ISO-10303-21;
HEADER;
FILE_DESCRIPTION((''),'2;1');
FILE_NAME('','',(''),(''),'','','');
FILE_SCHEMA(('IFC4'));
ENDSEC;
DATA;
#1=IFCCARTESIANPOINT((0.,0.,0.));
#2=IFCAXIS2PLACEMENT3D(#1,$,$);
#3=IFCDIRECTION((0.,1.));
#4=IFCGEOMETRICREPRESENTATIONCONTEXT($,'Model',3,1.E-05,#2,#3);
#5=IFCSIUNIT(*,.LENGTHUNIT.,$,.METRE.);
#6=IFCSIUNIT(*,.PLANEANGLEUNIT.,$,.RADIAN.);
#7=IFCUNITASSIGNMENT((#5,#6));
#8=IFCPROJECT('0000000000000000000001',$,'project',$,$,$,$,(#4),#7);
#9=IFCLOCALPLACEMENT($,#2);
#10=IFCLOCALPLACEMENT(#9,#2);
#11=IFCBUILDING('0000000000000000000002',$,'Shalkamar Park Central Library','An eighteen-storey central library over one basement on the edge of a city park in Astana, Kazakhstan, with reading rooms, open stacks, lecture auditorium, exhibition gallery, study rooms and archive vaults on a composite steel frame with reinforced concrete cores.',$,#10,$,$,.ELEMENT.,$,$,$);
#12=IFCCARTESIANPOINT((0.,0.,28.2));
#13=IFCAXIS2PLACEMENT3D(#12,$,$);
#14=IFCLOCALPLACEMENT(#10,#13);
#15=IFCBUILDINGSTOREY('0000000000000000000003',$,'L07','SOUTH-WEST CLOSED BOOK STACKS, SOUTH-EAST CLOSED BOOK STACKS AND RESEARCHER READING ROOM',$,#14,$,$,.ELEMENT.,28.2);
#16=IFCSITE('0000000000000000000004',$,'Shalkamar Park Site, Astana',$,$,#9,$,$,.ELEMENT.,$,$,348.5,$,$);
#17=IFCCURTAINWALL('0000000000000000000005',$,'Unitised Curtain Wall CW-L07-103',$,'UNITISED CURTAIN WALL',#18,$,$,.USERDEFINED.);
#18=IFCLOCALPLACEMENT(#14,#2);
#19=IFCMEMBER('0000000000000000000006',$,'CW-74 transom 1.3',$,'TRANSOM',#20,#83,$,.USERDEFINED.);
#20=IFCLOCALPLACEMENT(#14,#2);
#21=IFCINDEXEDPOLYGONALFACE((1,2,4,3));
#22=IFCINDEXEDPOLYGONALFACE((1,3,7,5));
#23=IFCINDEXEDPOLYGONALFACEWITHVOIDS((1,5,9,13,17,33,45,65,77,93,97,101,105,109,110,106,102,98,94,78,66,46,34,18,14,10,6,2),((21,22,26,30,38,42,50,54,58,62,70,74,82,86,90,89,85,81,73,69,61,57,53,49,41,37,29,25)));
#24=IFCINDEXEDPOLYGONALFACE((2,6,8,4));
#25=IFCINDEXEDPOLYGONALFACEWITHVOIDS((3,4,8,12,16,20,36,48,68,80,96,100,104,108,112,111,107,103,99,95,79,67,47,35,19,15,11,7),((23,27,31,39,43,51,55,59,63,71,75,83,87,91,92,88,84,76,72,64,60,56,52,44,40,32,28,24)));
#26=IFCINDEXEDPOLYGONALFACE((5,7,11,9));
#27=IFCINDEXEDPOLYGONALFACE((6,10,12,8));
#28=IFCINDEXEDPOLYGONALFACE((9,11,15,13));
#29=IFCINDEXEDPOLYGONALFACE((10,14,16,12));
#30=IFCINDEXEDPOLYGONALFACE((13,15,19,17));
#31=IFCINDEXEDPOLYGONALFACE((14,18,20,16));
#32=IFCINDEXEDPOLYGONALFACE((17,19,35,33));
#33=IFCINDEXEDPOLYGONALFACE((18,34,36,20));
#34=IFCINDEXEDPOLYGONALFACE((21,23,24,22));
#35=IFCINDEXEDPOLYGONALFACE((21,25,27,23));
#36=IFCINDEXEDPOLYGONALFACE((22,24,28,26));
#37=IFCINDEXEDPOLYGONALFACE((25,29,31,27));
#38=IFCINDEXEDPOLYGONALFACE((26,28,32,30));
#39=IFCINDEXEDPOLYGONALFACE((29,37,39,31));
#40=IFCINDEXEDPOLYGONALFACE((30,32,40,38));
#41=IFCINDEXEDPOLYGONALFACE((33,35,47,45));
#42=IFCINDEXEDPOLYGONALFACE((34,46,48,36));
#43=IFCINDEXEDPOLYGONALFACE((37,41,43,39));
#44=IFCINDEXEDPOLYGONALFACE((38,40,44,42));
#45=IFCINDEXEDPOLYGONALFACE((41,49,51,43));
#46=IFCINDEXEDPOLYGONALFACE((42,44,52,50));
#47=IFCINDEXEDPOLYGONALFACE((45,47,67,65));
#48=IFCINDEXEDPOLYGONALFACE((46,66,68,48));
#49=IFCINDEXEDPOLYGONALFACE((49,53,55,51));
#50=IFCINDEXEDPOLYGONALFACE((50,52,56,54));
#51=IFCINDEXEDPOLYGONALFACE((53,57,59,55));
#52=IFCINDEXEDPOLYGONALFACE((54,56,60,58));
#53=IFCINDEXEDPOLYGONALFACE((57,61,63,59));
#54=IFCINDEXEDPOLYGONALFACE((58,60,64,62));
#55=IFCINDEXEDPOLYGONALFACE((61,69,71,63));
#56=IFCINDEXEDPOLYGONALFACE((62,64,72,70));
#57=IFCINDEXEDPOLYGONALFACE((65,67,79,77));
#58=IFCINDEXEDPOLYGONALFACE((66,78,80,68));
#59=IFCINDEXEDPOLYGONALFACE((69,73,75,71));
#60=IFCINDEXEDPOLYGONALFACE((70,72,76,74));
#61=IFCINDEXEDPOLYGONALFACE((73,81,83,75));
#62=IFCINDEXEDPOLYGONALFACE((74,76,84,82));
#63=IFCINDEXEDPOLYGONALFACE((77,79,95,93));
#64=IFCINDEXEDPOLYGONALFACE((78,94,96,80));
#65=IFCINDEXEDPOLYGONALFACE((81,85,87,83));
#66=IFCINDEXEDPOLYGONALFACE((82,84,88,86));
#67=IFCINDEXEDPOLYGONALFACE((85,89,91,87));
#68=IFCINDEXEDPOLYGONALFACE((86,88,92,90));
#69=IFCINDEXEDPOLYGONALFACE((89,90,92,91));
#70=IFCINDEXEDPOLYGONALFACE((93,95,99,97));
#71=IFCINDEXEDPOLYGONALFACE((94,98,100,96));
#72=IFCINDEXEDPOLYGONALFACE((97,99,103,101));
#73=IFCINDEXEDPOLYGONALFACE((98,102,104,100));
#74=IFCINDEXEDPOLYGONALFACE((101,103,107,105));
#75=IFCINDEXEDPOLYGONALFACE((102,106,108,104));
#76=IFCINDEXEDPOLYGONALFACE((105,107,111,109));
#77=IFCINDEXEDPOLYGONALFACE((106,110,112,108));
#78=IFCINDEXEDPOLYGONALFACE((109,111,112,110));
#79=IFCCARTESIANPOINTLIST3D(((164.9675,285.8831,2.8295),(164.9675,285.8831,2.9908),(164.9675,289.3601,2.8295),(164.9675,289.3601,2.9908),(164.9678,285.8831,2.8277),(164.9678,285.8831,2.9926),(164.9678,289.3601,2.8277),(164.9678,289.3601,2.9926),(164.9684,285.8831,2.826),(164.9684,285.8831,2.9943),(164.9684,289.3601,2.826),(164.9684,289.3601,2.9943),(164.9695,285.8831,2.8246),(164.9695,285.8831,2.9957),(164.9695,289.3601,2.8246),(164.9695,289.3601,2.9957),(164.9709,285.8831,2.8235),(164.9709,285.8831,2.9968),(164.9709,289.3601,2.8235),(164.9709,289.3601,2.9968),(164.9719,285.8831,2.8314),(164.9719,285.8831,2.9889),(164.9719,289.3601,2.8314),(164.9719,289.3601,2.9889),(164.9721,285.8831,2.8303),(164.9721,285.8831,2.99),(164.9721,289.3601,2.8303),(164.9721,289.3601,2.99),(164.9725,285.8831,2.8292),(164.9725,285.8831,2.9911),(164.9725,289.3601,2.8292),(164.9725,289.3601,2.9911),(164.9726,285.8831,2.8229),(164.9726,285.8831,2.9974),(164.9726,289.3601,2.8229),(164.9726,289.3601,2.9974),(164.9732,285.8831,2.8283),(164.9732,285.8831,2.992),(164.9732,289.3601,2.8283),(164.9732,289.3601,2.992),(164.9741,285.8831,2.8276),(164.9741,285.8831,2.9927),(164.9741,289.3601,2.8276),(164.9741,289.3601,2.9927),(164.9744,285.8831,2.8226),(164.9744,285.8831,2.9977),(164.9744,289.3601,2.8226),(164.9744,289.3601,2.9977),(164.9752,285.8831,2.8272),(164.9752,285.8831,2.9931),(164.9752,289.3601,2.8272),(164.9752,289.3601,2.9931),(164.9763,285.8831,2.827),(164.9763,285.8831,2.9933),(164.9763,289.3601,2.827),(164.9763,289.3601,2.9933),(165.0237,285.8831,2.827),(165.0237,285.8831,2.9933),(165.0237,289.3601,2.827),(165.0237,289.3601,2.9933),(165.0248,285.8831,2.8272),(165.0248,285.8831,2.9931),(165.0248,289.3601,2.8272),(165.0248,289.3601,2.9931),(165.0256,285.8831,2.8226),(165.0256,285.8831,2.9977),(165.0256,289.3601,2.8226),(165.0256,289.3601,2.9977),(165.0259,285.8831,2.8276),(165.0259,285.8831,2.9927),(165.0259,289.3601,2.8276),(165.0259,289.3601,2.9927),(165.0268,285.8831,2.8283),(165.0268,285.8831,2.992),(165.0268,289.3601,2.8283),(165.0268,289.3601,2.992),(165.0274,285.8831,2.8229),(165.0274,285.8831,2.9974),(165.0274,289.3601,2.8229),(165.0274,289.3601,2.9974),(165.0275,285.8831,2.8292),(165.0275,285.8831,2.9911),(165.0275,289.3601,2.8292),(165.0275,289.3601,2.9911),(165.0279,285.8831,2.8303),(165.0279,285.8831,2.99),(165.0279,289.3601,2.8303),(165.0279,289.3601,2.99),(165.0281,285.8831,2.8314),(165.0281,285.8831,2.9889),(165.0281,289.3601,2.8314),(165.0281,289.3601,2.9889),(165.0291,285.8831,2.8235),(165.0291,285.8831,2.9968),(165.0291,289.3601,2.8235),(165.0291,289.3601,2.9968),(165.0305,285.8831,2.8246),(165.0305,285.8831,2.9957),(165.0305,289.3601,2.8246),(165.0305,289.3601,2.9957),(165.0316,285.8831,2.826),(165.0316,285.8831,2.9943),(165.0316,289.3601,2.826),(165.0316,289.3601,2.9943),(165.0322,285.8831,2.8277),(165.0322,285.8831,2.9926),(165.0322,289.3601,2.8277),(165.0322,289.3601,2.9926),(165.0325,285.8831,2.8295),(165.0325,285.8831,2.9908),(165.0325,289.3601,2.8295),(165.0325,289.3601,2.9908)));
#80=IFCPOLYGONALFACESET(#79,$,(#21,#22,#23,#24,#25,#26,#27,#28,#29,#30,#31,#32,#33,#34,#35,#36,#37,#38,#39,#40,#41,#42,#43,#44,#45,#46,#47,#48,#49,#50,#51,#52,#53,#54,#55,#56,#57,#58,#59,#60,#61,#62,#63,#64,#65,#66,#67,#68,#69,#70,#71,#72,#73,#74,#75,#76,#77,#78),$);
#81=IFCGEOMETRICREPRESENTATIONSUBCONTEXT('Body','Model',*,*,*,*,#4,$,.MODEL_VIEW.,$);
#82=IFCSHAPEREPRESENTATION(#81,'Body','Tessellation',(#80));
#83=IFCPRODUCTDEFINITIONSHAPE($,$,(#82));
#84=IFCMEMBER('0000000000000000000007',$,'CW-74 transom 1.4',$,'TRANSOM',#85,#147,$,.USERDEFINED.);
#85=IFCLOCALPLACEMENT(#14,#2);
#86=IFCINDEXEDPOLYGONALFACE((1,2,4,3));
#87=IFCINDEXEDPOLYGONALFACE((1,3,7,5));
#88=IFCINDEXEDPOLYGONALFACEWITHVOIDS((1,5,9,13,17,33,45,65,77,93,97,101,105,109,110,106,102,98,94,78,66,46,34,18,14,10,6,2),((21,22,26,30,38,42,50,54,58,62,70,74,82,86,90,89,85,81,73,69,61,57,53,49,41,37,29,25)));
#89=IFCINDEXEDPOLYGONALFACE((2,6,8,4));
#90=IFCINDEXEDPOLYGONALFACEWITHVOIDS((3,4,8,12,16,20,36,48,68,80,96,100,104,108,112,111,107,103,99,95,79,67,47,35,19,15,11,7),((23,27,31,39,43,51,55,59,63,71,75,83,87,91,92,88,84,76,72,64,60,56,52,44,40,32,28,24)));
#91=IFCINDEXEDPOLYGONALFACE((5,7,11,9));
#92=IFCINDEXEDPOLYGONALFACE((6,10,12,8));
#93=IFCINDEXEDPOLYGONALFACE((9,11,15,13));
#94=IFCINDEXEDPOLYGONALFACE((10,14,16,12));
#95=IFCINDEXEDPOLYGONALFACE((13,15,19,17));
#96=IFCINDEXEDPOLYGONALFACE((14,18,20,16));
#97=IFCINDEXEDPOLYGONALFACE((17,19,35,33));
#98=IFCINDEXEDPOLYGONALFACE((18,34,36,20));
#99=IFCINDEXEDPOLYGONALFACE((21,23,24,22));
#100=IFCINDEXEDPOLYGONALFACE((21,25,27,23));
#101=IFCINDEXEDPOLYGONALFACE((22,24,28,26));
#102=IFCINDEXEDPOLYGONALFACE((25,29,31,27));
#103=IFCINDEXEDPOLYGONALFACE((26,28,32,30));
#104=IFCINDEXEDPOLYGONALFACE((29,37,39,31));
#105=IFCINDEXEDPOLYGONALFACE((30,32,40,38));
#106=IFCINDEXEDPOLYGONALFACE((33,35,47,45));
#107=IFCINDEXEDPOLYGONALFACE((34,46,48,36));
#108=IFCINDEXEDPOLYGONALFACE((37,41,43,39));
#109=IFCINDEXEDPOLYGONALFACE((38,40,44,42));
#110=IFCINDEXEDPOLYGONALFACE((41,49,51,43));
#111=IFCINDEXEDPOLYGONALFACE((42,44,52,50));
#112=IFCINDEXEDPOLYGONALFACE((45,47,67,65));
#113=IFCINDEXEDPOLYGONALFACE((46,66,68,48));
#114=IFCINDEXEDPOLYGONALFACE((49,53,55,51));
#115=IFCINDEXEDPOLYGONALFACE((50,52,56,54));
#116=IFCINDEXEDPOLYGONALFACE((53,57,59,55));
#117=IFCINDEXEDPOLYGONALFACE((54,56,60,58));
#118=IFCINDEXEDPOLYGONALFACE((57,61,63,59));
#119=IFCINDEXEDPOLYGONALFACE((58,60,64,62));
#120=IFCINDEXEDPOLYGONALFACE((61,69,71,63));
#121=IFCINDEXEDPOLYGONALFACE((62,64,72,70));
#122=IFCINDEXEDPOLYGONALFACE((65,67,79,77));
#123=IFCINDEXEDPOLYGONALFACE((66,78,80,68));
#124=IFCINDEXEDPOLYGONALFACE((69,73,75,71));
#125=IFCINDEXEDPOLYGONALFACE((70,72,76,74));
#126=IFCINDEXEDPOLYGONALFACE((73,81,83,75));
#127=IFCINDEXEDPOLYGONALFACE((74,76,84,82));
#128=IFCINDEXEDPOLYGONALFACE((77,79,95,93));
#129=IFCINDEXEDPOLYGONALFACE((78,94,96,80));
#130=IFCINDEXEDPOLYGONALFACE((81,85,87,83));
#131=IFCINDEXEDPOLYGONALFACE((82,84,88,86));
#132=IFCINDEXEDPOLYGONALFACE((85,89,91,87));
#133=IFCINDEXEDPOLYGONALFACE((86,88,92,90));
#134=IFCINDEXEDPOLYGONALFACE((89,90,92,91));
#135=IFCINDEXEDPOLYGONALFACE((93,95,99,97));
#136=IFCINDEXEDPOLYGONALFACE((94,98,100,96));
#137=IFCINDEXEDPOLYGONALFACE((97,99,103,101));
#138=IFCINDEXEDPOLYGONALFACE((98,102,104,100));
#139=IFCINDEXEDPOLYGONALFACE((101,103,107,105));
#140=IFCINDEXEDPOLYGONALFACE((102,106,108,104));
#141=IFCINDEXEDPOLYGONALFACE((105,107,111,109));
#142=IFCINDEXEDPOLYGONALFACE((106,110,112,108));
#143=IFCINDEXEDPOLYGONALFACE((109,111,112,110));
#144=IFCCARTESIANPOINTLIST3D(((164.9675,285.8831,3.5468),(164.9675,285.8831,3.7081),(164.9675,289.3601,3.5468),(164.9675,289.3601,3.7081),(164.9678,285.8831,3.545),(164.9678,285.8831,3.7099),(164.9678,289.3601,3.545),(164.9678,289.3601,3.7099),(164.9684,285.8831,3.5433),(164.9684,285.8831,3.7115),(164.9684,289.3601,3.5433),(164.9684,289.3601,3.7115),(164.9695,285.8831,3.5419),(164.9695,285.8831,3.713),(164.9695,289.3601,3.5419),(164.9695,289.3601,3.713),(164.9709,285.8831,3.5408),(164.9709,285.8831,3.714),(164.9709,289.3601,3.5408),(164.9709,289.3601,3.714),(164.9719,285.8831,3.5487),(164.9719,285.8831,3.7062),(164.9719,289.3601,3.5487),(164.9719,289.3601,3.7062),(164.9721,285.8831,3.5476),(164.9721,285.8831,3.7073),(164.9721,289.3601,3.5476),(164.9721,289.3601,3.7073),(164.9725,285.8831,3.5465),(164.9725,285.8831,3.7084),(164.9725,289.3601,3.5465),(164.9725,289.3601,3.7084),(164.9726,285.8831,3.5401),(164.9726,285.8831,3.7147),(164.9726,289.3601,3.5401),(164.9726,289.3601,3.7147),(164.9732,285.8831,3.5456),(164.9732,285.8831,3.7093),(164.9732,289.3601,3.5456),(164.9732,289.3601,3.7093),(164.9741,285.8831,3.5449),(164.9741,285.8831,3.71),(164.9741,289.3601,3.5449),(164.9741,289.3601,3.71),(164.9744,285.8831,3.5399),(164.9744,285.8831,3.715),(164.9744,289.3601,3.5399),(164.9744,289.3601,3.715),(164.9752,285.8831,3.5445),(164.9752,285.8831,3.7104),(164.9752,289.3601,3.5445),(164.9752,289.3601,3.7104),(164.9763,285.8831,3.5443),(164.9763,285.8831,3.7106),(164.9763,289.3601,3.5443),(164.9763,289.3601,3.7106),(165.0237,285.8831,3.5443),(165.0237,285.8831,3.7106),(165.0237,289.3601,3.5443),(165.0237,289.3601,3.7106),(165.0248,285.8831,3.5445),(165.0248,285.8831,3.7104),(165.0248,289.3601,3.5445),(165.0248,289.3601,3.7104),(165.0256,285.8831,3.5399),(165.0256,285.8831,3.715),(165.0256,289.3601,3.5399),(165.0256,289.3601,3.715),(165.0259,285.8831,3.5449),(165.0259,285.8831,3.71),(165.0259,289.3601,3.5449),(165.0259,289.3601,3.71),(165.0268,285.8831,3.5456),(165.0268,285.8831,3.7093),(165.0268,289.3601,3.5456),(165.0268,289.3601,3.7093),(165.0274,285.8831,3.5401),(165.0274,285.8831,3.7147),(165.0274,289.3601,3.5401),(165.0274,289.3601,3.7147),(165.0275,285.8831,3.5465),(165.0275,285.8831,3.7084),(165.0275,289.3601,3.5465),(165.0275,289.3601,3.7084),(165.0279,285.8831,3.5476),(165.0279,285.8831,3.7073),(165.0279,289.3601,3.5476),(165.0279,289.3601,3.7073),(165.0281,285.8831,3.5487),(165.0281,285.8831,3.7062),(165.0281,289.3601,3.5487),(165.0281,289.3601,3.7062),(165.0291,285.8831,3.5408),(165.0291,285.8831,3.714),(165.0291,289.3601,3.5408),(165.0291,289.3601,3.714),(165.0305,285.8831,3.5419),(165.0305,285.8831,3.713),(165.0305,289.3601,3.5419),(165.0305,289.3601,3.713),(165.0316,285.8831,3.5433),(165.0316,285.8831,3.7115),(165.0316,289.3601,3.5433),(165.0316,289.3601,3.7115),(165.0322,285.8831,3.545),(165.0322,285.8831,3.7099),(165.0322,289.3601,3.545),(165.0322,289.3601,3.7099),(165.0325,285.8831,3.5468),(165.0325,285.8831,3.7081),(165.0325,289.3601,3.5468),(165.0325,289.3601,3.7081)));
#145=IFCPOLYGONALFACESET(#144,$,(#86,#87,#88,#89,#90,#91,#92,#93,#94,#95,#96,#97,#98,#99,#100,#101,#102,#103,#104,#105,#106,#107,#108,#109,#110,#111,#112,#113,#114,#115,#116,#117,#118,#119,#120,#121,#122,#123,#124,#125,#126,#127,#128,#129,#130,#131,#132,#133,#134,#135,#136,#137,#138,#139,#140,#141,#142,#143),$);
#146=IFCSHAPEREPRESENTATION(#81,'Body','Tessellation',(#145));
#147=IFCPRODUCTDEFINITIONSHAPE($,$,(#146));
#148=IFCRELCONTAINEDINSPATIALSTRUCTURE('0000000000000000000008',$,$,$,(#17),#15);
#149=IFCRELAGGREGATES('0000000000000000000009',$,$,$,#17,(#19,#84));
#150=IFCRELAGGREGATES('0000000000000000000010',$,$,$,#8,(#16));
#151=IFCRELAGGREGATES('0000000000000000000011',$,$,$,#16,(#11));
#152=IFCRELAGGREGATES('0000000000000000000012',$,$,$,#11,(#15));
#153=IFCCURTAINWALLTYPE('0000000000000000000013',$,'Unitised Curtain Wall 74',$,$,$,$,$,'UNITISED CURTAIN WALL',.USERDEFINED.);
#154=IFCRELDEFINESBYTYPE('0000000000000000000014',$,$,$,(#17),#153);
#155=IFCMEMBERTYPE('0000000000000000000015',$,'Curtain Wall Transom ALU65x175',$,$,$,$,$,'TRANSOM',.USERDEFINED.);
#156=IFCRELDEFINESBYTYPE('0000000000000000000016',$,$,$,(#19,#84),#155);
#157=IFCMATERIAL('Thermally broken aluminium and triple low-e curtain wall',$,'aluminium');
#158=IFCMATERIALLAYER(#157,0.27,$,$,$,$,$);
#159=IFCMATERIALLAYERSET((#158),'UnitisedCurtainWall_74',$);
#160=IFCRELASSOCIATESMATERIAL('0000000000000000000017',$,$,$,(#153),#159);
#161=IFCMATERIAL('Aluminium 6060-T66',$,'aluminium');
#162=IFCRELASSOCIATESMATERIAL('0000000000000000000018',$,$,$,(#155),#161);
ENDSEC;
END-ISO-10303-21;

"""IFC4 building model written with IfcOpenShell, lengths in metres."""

from ifc_helpers import new_model, si_unit, direction, frame, origin, origin_2d, place, context, subcontext, project, spatial, hollow_rectangle, extrude, material, layer, layer_set, material_profile, profile_set, type_object, element, aggregate, save


model = new_model("IFC4")

# Units and contexts
model_context = context("Model", 3, precision=1e-05, world=origin(), true_north=direction((0.0, 1.0)))
body_context = subcontext(model_context, "Body", "Model", "MODEL_VIEW")
ifc_project = project(units=[si_unit("LENGTHUNIT", "METRE"), si_unit("PLANEANGLEUNIT", "RADIAN")], contexts=[model_context])

# Site, building, storey
site_placement = place(None, origin())
site = spatial("IfcSite", under=ifc_project, at=site_placement, Name="Shalkamar Park Site, Astana", CompositionType="ELEMENT", RefElevation=348.5)
building_placement = place(site_placement, origin())
building = spatial("IfcBuilding", under=site, at=building_placement, Name="Shalkamar Park Central Library", Description="An eighteen-storey central library over one basement on the edge of a city park in Astana, Kazakhstan, with reading rooms, open stacks, lecture auditorium, exhibition gallery, study rooms and archive vaults on a composite steel frame with reinforced concrete cores.", CompositionType="ELEMENT")
storey_placement = place(building_placement, frame((0.0, 0.0, 28.2)))
storey = spatial("IfcBuildingStorey", under=building, at=storey_placement, Name="L07", Description="SOUTH-WEST CLOSED BOOK STACKS, SOUTH-EAST CLOSED BOOK STACKS AND RESEARCHER READING ROOM", CompositionType="ELEMENT", Elevation=28.2)

# Curtain wall, members
ifc_material_1 = material(Name="Thermally broken aluminium and triple low-e curtain wall", Category="aluminium")
ifc_layer_1 = layer(ifc_material_1, 0.27)
ifc_layer_set_1 = layer_set([ifc_layer_1], Name="UnitisedCurtainWall_74")
curtain_wall_type = type_object("IfcCurtainWallType", Name="Unitised Curtain Wall 74", ElementType="UNITISED CURTAIN WALL", PredefinedType="USERDEFINED", material=ifc_layer_set_1)
curtain_wall_placement = place(storey_placement, origin())
curtain_wall = element("IfcCurtainWall", 1, at=curtain_wall_placement, inside=storey, type_object=curtain_wall_type, Name="Unitised Curtain Wall CW-L07-103", ObjectType="UNITISED CURTAIN WALL", PredefinedType="USERDEFINED")
ifc_material_2 = material(Name="Aluminium 6060-T66", Category="aluminium")
ifc_material_profile_1 = material_profile(ifc_material_2, hollow_rectangle(XDim=0.0649, YDim=0.175, WallThickness=0.0044, InnerFilletRadius=0.0044, OuterFilletRadius=0.0068, at=origin_2d()), Name="ALU 65x175x4.5")
ifc_profile_set_1 = profile_set([ifc_material_profile_1], Name="Aluminium 6060-T66")
member_type_1 = type_object("IfcMemberType", Name="Curtain Wall Transom ALU65x175", ElementType="TRANSOM", PredefinedType="USERDEFINED", material=ifc_profile_set_1)
member_1_placement = place(storey_placement, frame((165.0, 285.8831, 2.9102), z_axis=(0.0, 1.0, 0.0), x_axis=(-1.0, 0.0, 0.0)))
member_1 = element("IfcMember", 2, at=member_1_placement, type_object=member_type_1, Name="CW-74 transom 1.3", ObjectType="TRANSOM", PredefinedType="USERDEFINED", context=body_context, shape_type="SweptSolid", body=[
    extrude(hollow_rectangle(XDim=0.0649, YDim=0.175, WallThickness=0.0044, InnerFilletRadius=0.0044, OuterFilletRadius=0.0068, at=origin_2d()), origin(), (0.0, 0.0, 1.0), 3.4771),
])
member_2_placement = place(storey_placement, frame((165.0, 285.8831, 3.6274), z_axis=(0.0, 1.0, 0.0), x_axis=(-1.0, 0.0, 0.0)))
member_2 = element("IfcMember", 3, at=member_2_placement, type_object=member_type_1, Name="CW-74 transom 1.4", ObjectType="TRANSOM", PredefinedType="USERDEFINED", context=body_context, shape_type="SweptSolid", body=[
    extrude(hollow_rectangle(XDim=0.0649, YDim=0.175, WallThickness=0.0044, InnerFilletRadius=0.0044, OuterFilletRadius=0.0068, at=origin_2d()), origin(), (0.0, 0.0, 1.0), 3.4771),
])

aggregate(curtain_wall, [member_1, member_2])

save(model, "model.ifc")
